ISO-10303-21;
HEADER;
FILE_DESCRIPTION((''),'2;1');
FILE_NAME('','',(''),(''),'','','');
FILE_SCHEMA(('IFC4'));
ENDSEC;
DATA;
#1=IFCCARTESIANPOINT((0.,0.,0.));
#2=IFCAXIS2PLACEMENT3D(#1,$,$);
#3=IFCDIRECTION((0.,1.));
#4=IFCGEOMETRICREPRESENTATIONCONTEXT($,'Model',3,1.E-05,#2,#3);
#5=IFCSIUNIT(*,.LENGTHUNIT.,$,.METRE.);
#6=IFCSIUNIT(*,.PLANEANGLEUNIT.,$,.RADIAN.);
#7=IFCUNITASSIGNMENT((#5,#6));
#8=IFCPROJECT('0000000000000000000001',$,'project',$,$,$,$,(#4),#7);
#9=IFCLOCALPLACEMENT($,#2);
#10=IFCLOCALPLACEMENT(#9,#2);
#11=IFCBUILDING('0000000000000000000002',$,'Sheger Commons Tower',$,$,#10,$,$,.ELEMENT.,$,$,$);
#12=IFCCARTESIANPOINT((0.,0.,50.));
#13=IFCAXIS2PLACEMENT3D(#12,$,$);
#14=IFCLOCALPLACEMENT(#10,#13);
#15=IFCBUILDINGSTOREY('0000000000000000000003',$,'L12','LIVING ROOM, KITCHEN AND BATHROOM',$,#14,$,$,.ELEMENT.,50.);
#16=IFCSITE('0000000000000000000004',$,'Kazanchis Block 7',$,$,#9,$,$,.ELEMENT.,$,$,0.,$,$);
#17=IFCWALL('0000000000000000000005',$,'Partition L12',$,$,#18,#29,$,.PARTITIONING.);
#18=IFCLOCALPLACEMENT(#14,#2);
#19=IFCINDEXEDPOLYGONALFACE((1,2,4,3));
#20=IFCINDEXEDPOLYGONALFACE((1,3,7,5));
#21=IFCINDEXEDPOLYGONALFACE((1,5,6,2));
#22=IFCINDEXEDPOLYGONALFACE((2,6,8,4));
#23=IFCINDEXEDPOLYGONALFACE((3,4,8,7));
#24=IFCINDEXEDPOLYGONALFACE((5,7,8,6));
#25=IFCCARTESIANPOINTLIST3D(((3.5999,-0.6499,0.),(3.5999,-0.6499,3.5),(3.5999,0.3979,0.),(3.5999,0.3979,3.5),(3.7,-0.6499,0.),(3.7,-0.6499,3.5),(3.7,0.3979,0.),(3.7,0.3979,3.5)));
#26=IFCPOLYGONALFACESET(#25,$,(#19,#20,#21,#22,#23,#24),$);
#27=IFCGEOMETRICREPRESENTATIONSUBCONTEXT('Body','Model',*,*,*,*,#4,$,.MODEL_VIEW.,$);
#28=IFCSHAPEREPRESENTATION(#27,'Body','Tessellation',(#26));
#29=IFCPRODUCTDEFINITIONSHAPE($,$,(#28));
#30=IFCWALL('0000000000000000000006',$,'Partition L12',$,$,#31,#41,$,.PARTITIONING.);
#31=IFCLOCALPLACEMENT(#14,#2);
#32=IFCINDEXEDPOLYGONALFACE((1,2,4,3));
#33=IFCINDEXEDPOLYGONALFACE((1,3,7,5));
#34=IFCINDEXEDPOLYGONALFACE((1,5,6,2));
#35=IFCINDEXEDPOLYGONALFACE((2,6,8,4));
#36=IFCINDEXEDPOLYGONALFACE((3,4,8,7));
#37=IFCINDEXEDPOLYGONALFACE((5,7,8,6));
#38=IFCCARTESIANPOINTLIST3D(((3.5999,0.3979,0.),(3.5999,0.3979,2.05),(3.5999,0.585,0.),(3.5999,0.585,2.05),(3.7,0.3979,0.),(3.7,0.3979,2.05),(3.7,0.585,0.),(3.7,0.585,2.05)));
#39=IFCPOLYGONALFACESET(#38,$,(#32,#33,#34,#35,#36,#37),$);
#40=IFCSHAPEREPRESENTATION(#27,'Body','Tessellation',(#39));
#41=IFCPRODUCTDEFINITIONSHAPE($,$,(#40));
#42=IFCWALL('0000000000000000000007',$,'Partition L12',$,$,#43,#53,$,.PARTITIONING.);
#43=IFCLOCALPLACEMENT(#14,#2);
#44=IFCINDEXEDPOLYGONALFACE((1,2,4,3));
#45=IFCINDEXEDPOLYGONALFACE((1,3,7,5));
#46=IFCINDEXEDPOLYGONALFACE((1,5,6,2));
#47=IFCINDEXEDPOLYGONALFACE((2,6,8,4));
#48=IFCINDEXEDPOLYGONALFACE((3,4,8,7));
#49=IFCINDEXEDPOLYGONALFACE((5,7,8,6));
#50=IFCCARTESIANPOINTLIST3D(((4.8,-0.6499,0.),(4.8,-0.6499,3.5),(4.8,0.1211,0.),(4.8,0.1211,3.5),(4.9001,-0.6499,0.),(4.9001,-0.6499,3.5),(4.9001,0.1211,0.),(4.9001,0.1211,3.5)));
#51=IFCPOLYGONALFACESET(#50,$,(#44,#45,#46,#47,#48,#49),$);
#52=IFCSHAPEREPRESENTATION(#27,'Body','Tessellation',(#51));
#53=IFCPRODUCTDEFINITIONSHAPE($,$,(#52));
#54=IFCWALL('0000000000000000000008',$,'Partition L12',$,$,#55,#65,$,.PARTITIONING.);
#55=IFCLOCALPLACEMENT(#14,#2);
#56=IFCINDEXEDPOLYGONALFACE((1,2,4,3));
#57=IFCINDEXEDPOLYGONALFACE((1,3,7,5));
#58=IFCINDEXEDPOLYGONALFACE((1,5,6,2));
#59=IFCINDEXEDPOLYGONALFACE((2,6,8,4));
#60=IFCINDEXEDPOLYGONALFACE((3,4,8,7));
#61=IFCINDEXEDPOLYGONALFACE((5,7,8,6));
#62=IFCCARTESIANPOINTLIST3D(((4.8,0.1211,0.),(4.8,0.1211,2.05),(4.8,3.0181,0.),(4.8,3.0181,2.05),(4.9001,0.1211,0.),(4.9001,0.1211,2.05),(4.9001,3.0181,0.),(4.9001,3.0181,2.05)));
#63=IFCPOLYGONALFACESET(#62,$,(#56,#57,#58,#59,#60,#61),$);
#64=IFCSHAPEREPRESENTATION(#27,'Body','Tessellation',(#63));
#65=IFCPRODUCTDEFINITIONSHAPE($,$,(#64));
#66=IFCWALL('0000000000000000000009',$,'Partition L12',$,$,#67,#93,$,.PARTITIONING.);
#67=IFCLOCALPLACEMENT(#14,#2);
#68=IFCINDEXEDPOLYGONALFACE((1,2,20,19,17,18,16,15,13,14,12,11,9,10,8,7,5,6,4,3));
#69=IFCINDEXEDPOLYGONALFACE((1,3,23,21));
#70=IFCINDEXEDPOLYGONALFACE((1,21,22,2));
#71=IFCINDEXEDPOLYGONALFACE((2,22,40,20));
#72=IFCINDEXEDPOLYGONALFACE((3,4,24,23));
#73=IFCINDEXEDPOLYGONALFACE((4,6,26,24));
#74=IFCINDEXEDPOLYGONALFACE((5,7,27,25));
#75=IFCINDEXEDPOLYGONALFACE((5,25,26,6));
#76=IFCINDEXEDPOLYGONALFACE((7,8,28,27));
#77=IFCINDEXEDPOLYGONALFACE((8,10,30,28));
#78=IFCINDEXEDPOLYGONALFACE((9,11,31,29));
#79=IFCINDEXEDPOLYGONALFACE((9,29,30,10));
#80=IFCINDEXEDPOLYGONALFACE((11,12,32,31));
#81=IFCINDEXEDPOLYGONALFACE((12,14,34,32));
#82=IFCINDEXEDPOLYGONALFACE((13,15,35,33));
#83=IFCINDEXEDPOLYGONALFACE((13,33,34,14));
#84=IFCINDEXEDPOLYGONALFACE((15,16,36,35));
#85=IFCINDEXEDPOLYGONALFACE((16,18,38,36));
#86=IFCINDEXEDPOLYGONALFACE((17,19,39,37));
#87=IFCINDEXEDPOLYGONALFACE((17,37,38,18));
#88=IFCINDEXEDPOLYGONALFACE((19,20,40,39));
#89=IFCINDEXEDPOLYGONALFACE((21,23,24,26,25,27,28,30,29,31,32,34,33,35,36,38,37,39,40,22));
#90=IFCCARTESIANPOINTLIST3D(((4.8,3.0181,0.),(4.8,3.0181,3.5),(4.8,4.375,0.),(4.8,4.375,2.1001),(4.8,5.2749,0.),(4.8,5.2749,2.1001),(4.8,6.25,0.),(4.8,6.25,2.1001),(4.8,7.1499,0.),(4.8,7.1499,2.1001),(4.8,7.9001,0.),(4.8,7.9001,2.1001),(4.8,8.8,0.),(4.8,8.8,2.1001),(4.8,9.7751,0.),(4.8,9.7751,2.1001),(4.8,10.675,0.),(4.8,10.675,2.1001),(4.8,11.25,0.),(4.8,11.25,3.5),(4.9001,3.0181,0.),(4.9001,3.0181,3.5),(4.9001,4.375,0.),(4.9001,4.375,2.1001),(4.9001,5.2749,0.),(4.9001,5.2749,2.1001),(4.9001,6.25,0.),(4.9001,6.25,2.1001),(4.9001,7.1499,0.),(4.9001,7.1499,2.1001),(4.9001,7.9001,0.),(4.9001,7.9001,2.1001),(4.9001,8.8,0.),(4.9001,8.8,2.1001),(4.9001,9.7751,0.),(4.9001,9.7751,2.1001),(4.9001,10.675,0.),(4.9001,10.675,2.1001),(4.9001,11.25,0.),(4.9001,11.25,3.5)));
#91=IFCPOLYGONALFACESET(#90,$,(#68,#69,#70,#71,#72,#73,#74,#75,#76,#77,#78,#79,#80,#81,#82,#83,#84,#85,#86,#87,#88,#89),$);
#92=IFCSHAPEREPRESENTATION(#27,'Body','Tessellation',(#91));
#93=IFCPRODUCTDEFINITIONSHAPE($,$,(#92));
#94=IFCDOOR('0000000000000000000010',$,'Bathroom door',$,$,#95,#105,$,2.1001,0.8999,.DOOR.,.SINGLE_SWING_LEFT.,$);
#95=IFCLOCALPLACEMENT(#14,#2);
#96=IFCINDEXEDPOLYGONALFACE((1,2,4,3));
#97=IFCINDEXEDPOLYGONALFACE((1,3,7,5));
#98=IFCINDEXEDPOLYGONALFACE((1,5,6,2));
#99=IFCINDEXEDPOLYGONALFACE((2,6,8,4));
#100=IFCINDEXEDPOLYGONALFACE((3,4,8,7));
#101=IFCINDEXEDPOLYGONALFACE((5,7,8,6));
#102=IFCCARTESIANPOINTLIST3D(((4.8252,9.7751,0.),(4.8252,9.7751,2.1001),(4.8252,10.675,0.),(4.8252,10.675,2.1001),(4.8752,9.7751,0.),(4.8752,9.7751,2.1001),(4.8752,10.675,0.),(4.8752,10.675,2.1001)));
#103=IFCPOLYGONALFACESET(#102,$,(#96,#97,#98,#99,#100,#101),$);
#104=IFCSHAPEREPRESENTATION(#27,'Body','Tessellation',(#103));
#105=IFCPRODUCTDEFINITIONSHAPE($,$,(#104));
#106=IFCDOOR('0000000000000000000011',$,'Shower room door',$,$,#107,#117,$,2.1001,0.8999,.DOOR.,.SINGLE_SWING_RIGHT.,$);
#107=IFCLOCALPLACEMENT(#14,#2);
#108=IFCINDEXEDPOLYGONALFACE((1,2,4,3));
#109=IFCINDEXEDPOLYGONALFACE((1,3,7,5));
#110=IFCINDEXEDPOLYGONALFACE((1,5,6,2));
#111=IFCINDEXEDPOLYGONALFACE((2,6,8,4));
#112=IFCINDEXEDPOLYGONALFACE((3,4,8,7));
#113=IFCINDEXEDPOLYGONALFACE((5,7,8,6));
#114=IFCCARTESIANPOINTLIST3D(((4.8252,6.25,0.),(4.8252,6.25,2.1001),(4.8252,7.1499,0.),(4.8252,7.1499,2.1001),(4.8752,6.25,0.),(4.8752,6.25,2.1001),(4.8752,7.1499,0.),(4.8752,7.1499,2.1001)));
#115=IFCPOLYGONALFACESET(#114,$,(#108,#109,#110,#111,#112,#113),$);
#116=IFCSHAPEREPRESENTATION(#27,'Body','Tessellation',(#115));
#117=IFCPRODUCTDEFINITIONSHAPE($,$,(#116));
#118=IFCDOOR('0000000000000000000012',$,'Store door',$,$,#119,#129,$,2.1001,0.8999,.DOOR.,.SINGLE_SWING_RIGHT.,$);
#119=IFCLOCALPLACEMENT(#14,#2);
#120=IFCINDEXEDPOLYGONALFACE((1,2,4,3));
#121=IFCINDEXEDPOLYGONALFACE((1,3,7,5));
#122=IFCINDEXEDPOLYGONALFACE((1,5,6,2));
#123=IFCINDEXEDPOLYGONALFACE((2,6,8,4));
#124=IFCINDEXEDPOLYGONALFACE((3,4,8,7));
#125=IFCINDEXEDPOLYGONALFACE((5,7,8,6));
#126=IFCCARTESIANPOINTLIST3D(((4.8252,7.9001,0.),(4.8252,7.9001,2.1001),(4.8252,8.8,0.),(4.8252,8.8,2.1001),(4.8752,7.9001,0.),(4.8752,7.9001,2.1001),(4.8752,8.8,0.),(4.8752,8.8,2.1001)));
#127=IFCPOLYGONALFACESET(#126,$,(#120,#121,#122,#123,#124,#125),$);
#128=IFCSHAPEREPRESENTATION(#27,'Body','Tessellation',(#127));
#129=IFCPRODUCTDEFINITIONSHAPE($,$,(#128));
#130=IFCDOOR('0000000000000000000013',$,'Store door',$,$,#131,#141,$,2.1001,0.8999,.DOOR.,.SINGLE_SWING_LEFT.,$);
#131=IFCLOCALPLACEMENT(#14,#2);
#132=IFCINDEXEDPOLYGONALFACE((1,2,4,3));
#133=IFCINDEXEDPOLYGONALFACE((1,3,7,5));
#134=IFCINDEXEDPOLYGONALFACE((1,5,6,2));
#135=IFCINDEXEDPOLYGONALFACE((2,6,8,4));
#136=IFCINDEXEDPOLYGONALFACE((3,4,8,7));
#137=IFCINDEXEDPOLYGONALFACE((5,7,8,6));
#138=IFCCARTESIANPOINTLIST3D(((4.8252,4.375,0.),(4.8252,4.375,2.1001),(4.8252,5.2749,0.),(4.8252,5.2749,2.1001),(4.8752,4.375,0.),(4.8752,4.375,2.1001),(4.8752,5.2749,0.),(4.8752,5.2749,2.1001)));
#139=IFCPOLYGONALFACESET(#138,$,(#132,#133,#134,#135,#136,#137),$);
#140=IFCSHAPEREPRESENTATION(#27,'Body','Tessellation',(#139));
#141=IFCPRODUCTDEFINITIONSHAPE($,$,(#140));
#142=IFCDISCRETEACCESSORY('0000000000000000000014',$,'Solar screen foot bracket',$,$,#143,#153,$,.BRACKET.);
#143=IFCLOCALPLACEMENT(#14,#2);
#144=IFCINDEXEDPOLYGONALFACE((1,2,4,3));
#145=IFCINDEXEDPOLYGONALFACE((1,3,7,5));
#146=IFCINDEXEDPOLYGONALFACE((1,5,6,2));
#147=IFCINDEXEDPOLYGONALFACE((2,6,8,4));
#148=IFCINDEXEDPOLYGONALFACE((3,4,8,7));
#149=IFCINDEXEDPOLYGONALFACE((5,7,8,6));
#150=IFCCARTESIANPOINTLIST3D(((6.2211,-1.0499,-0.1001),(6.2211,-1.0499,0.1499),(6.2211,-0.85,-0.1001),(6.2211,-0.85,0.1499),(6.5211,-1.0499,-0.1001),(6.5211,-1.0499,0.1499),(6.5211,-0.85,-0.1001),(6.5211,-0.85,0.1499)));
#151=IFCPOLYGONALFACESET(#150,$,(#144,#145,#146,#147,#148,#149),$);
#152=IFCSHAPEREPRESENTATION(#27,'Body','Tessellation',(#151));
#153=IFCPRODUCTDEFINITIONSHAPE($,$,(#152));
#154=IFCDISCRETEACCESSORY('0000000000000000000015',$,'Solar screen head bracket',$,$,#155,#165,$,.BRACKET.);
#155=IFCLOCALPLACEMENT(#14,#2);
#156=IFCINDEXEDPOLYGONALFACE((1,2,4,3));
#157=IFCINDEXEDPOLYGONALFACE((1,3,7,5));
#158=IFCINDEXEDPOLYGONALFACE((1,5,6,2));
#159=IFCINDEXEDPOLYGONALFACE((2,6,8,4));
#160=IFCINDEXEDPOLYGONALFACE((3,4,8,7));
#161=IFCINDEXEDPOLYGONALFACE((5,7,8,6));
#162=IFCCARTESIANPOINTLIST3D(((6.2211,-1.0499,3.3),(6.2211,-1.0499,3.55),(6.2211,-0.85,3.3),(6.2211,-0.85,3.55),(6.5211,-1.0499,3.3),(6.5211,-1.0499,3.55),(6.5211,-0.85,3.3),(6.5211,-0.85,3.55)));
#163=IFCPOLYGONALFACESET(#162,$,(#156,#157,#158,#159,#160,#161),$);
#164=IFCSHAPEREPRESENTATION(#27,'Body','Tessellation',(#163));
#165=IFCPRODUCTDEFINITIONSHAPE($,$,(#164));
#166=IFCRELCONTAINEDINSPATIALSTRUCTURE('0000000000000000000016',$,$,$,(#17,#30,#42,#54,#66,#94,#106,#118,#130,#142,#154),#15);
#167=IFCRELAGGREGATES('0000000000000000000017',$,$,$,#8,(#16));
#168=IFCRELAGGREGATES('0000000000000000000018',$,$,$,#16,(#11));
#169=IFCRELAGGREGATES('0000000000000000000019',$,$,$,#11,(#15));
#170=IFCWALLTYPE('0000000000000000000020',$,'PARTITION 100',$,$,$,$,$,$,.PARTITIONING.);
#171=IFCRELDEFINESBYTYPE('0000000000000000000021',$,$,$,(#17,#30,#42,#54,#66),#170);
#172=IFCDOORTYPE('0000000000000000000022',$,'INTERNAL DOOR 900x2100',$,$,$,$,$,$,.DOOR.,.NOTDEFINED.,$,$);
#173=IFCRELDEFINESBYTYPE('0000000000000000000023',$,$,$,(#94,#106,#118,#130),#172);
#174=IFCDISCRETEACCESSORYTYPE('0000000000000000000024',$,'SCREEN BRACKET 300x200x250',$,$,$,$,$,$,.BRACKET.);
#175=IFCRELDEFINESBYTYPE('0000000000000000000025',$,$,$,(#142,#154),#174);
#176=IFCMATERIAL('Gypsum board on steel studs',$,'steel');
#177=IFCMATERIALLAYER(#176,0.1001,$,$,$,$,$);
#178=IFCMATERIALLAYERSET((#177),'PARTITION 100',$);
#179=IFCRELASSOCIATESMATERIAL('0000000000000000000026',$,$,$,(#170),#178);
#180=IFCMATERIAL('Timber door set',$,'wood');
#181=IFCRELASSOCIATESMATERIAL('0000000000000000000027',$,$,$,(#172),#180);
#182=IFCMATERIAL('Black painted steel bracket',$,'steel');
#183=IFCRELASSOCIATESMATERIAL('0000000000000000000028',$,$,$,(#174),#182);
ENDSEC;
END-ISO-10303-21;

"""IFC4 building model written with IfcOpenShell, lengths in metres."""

from ifc_helpers import new_model, si_unit, direction, frame, frame_2d, origin, origin_2d, place, context, subcontext, project, spatial, rectangle, extrude, material, layer, layer_set, type_object, element, fill, save


model = new_model("IFC4")

# Units and contexts
model_context = context("Model", 3, precision=1e-05, world=origin(), true_north=direction((0.0, 1.0)))
body_context = subcontext(model_context, "Body", "Model", "MODEL_VIEW")
ifc_project = project(units=[si_unit("LENGTHUNIT", "METRE"), si_unit("PLANEANGLEUNIT", "RADIAN")], contexts=[model_context])

# Site, building, storey
site_placement = place(None, origin())
site = spatial("IfcSite", under=ifc_project, at=site_placement, Name="Kazanchis Block 7", CompositionType="ELEMENT", RefElevation=0.0)
building_placement = place(site_placement, origin())
building = spatial("IfcBuilding", under=site, at=building_placement, Name="Sheger Commons Tower", CompositionType="ELEMENT")
storey_placement = place(building_placement, frame((0.0, 0.0, 50.0)))
storey = spatial("IfcBuildingStorey", under=building, at=storey_placement, Name="L12", Description="LIVING ROOM, KITCHEN AND BATHROOM", CompositionType="ELEMENT", Elevation=50.0)

# Walls
ifc_material_1 = material(Name="Gypsum board on steel studs", Category="steel")
ifc_layer_1 = layer(ifc_material_1, 0.1001)
ifc_layer_set_1 = layer_set([ifc_layer_1], Name="PARTITION 100")
wall_type_1 = type_object("IfcWallType", Name="PARTITION 100", PredefinedType="PARTITIONING", material=ifc_layer_set_1)
wall_1_placement = place(storey_placement, frame((3.6499, -0.6499, 0.0), z_axis=(0.0, 0.0, 1.0), x_axis=(0.0, 1.0, 0.0)))
element("IfcWall", 1, at=wall_1_placement, inside=storey, type_object=wall_type_1, Name="Partition L12", PredefinedType="PARTITIONING", context=body_context, shape_type="SweptSolid", body=[
    extrude(rectangle(XDim=1.0479, YDim=0.1001, at=frame_2d((0.5239, 0.0))), origin(), (0.0, 0.0, 1.0), 3.5),
])
wall_2_placement = place(storey_placement, frame((3.6499, 0.3979, 0.0), z_axis=(0.0, 0.0, 1.0), x_axis=(0.0, 1.0, 0.0)))
element("IfcWall", 2, at=wall_2_placement, inside=storey, type_object=wall_type_1, Name="Partition L12", PredefinedType="PARTITIONING", context=body_context, shape_type="SweptSolid", body=[
    extrude(rectangle(XDim=0.187, YDim=0.1001, at=frame_2d((0.0935, 0.0))), origin(), (0.0, 0.0, 1.0), 2.05),
])
wall_3_placement = place(storey_placement, frame((4.8501, -0.6499, 0.0), z_axis=(0.0, 0.0, 1.0), x_axis=(0.0, 1.0, 0.0)))
element("IfcWall", 3, at=wall_3_placement, inside=storey, type_object=wall_type_1, Name="Partition L12", PredefinedType="PARTITIONING", context=body_context, shape_type="SweptSolid", body=[
    extrude(rectangle(XDim=0.771, YDim=0.1001, at=frame_2d((0.3855, 0.0))), origin(), (0.0, 0.0, 1.0), 3.5),
])
wall_4_placement = place(storey_placement, frame((4.8501, 0.1211, 0.0), z_axis=(0.0, 0.0, 1.0), x_axis=(0.0, 1.0, 0.0)))
element("IfcWall", 4, at=wall_4_placement, inside=storey, type_object=wall_type_1, Name="Partition L12", PredefinedType="PARTITIONING", context=body_context, shape_type="SweptSolid", body=[
    extrude(rectangle(XDim=2.897, YDim=0.1001, at=frame_2d((1.4485, 0.0))), origin(), (0.0, 0.0, 1.0), 2.05),
])

# Wall, openings, doors
wall_5_placement = place(storey_placement, frame((4.8501, 3.0181, 0.0), z_axis=(0.0, 0.0, 1.0), x_axis=(0.0, 1.0, 0.0)))
wall_5 = element("IfcWall", 5, at=wall_5_placement, inside=storey, type_object=wall_type_1, Name="Partition L12", PredefinedType="PARTITIONING", context=body_context, shape_type="SweptSolid", body=[
    extrude(rectangle(XDim=8.2319, YDim=0.1001, at=frame_2d((4.116, 0.0))), origin(), (0.0, 0.0, 1.0), 3.5),
])
opening_1_placement = place(wall_5_placement, frame((6.7571, 0.0, 0.0)))
opening_1 = element("IfcOpeningElement", 6, at=opening_1_placement, cuts=wall_5, PredefinedType="OPENING", context=body_context, shape_type="SweptSolid", body=[
    extrude(rectangle(XDim=0.8999, YDim=2.1001, at=frame_2d((0.45, 1.05))), frame((0.0, 0.0601, 0.0), z_axis=(0.0, -1.0, 0.0), x_axis=(1.0, 0.0, 0.0)), (0.0, 0.0, 1.0), 0.1201),
])
opening_2_placement = place(wall_5_placement, frame((3.2319, 0.0, 0.0)))
opening_2 = element("IfcOpeningElement", 7, at=opening_2_placement, cuts=wall_5, PredefinedType="OPENING", context=body_context, shape_type="SweptSolid", body=[
    extrude(rectangle(XDim=0.8999, YDim=2.1001, at=frame_2d((0.45, 1.05))), frame((0.0, 0.0601, 0.0), z_axis=(0.0, -1.0, 0.0), x_axis=(1.0, 0.0, 0.0)), (0.0, 0.0, 1.0), 0.1201),
])
opening_3_placement = place(wall_5_placement, frame((4.8821, 0.0, 0.0)))
opening_3 = element("IfcOpeningElement", 8, at=opening_3_placement, cuts=wall_5, PredefinedType="OPENING", context=body_context, shape_type="SweptSolid", body=[
    extrude(rectangle(XDim=0.8999, YDim=2.1001, at=frame_2d((0.45, 1.05))), frame((0.0, 0.0601, 0.0), z_axis=(0.0, -1.0, 0.0), x_axis=(1.0, 0.0, 0.0)), (0.0, 0.0, 1.0), 0.1201),
])
opening_4_placement = place(wall_5_placement, frame((1.3569, 0.0, 0.0)))
opening_4 = element("IfcOpeningElement", 9, at=opening_4_placement, cuts=wall_5, PredefinedType="OPENING", context=body_context, shape_type="SweptSolid", body=[
    extrude(rectangle(XDim=0.8999, YDim=2.1001, at=frame_2d((0.45, 1.05))), frame((0.0, 0.0601, 0.0), z_axis=(0.0, -1.0, 0.0), x_axis=(1.0, 0.0, 0.0)), (0.0, 0.0, 1.0), 0.1201),
])
ifc_material_2 = material(Name="Timber door set", Category="wood")
door_type = type_object("IfcDoorType", Name="INTERNAL DOOR 900x2100", OperationType="NOTDEFINED", PredefinedType="DOOR", material=ifc_material_2)
door_1_placement = place(opening_1_placement, origin())
door_1 = element("IfcDoor", 10, at=door_1_placement, inside=storey, type_object=door_type, Name="Bathroom door", OperationType="SINGLE_SWING_LEFT", OverallHeight=2.1001, OverallWidth=0.8999, PredefinedType="DOOR", context=body_context, shape_type="SweptSolid", body=[
    extrude(rectangle(XDim=0.8999, YDim=2.1001, at=frame_2d((0.45, 1.05))), frame((0.0, 0.0249, 0.0), z_axis=(0.0, -1.0, 0.0), x_axis=(1.0, 0.0, 0.0)), (0.0, 0.0, 1.0), 0.05),
])
fill(opening_1, door_1)
door_2_placement = place(opening_2_placement, origin())
door_2 = element("IfcDoor", 11, at=door_2_placement, inside=storey, type_object=door_type, Name="Shower room door", OperationType="SINGLE_SWING_RIGHT", OverallHeight=2.1001, OverallWidth=0.8999, PredefinedType="DOOR", context=body_context, shape_type="SweptSolid", body=[
    extrude(rectangle(XDim=0.8999, YDim=2.1001, at=frame_2d((0.45, 1.05))), frame((0.0, 0.0249, 0.0), z_axis=(0.0, -1.0, 0.0), x_axis=(1.0, 0.0, 0.0)), (0.0, 0.0, 1.0), 0.05),
])
fill(opening_2, door_2)
door_3_placement = place(opening_3_placement, origin())
door_3 = element("IfcDoor", 12, at=door_3_placement, inside=storey, type_object=door_type, Name="Store door", OperationType="SINGLE_SWING_RIGHT", OverallHeight=2.1001, OverallWidth=0.8999, PredefinedType="DOOR", context=body_context, shape_type="SweptSolid", body=[
    extrude(rectangle(XDim=0.8999, YDim=2.1001, at=frame_2d((0.45, 1.05))), frame((0.0, 0.0249, 0.0), z_axis=(0.0, -1.0, 0.0), x_axis=(1.0, 0.0, 0.0)), (0.0, 0.0, 1.0), 0.05),
])
fill(opening_3, door_3)
door_4_placement = place(opening_4_placement, origin())
door_4 = element("IfcDoor", 13, at=door_4_placement, inside=storey, type_object=door_type, Name="Store door", OperationType="SINGLE_SWING_LEFT", OverallHeight=2.1001, OverallWidth=0.8999, PredefinedType="DOOR", context=body_context, shape_type="SweptSolid", body=[
    extrude(rectangle(XDim=0.8999, YDim=2.1001, at=frame_2d((0.45, 1.05))), frame((0.0, 0.0249, 0.0), z_axis=(0.0, -1.0, 0.0), x_axis=(1.0, 0.0, 0.0)), (0.0, 0.0, 1.0), 0.05),
])
fill(opening_4, door_4)

# Discrete accessories
ifc_material_3 = material(Name="Black painted steel bracket", Category="steel")
discrete_accessory_type = type_object("IfcDiscreteAccessoryType", Name="SCREEN BRACKET 300x200x250", PredefinedType="BRACKET", material=ifc_material_3)
for number, where, z_axis, x_axis, name in (
    (14, (6.3711, -0.95, -0.1001), (0.0, 0.0, 1.0), (1.0, 0.0, 0.0), "Solar screen foot bracket"),
    (15, (6.3711, -0.95, 3.3), (0.0, 0.0, 1.0), (1.0, 0.0, 0.0), "Solar screen head bracket"),
):
    element("IfcDiscreteAccessory", number, at=place(storey_placement, frame(where, z_axis=z_axis, x_axis=x_axis)), inside=storey, type_object=discrete_accessory_type, Name=name, PredefinedType="BRACKET", context=body_context, shape_type="SweptSolid", body=[
        extrude(rectangle(XDim=0.3, YDim=0.2, at=origin_2d()), origin(), (0.0, 0.0, 1.0), 0.25),
    ])

save(model, "model.ifc")
